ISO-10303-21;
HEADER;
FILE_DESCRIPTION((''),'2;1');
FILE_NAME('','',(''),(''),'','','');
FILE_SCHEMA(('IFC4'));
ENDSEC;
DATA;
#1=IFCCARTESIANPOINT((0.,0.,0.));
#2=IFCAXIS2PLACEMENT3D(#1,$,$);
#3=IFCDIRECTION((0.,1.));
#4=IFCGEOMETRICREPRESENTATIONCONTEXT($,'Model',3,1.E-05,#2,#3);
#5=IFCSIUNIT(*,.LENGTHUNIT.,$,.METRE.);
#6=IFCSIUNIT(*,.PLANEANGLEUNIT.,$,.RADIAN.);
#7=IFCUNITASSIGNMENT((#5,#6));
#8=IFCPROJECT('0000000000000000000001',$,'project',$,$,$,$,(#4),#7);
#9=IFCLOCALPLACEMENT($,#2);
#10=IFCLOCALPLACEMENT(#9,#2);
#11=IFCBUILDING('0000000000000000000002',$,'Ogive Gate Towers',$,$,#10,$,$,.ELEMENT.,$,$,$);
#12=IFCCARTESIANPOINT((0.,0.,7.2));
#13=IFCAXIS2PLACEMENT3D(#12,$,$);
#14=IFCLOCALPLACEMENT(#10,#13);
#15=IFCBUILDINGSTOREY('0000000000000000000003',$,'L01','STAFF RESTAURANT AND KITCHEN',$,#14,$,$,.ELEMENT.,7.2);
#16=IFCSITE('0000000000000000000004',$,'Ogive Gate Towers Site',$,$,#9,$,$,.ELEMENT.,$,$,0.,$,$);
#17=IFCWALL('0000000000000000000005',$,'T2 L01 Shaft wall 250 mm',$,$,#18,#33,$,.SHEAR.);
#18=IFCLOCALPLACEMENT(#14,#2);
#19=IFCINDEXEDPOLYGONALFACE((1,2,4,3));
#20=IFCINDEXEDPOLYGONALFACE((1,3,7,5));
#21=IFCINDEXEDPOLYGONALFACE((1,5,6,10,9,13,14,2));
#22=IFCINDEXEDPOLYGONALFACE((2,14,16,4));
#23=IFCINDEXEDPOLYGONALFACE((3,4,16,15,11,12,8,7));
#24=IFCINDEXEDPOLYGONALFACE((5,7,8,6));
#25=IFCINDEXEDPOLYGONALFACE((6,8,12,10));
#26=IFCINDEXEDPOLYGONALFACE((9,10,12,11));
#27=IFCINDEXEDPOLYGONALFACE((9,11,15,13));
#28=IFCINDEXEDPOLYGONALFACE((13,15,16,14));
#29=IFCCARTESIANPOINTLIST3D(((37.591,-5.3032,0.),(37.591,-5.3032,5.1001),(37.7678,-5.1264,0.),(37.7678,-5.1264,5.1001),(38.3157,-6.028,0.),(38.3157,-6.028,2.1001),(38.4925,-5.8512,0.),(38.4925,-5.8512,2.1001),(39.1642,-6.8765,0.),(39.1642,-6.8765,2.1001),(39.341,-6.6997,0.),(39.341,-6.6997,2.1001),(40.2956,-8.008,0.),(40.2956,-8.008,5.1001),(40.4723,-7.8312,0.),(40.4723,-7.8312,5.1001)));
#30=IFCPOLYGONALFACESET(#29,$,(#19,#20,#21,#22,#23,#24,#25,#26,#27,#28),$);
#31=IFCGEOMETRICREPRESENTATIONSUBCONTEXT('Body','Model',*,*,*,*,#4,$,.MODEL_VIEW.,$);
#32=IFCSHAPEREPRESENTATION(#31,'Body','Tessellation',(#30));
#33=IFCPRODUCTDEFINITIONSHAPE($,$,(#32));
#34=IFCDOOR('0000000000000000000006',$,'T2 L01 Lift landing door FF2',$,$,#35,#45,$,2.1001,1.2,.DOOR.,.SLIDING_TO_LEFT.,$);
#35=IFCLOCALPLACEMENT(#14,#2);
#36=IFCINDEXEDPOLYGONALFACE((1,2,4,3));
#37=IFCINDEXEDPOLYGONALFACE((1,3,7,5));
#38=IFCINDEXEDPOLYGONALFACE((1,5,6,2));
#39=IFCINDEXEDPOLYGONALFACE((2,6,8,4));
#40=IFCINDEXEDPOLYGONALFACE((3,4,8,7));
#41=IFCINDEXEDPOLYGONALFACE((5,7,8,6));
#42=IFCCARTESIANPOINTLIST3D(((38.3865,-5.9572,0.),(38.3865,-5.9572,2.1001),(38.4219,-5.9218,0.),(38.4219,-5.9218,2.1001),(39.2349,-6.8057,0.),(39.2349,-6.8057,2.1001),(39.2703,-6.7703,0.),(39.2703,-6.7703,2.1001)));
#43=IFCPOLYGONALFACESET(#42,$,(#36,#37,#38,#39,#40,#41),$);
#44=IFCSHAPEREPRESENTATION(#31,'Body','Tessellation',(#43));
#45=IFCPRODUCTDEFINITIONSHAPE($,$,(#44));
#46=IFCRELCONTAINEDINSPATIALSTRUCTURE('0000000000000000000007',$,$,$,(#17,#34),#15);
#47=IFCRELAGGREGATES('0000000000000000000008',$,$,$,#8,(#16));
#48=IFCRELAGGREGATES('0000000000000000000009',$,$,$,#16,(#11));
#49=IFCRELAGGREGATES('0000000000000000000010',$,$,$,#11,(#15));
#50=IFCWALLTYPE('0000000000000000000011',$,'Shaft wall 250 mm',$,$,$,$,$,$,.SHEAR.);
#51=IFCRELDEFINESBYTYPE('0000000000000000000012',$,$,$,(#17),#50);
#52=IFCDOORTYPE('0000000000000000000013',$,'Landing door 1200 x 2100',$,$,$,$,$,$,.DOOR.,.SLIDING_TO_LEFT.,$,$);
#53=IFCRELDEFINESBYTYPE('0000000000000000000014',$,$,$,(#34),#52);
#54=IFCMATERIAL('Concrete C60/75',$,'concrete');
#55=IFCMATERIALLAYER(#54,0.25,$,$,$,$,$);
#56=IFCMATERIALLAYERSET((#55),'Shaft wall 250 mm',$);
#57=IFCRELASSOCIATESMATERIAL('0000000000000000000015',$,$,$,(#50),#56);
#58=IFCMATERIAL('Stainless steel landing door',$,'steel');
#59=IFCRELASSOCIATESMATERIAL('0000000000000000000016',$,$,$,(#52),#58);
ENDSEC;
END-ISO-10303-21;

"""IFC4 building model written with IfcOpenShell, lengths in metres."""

from ifc_helpers import new_model, si_unit, direction, frame, frame_2d, origin, place, context, subcontext, project, spatial, rectangle, extrude, material, layer, layer_set, type_object, element, fill, save


model = new_model("IFC4")

# Units and contexts
model_context = context("Model", 3, precision=1e-05, world=origin(), true_north=direction((0.0, 1.0)))
body_context = subcontext(model_context, "Body", "Model", "MODEL_VIEW")
ifc_project = project(units=[si_unit("LENGTHUNIT", "METRE"), si_unit("PLANEANGLEUNIT", "RADIAN")], contexts=[model_context])

# Site, building, storey
site_placement = place(None, origin())
site = spatial("IfcSite", under=ifc_project, at=site_placement, Name="Ogive Gate Towers Site", CompositionType="ELEMENT", RefElevation=0.0)
building_placement = place(site_placement, origin())
building = spatial("IfcBuilding", under=site, at=building_placement, Name="Ogive Gate Towers", CompositionType="ELEMENT")
storey_placement = place(building_placement, frame((0.0, 0.0, 7.2)))
storey = spatial("IfcBuildingStorey", under=building, at=storey_placement, Name="L01", Description="STAFF RESTAURANT AND KITCHEN", CompositionType="ELEMENT", Elevation=7.2)

# Shared definitions
ifc_material_1 = material(Name="Concrete C60/75", Category="concrete")

# Shared definitions
ifc_layer_1 = layer(ifc_material_1, 0.25)
ifc_layer_set_1 = layer_set([ifc_layer_1], Name="Shaft wall 250 mm")
wall_type_1 = type_object("IfcWallType", Name="Shaft wall 250 mm", PredefinedType="SHEAR", material=ifc_layer_set_1)

# Wall, opening, door
wall_1_placement = place(storey_placement, frame((40.384, -7.9197, 0.0), z_axis=(0.0, 0.0, 1.0), x_axis=(-0.707075, 0.707139, 0.0)))
wall_1 = element("IfcWall", 1, at=wall_1_placement, inside=storey, type_object=wall_type_1, Name="T2 L01 Shaft wall 250 mm", PredefinedType="SHEAR", context=body_context, shape_type="SweptSolid", body=[
    extrude(rectangle(XDim=3.825, YDim=0.25, at=frame_2d((1.9126, 0.0))), origin(), (0.0, 0.0, 1.0), 5.1001),
])
opening_1_placement = place(wall_1_placement, frame((1.6001, 0.0, 0.0)))
opening_1 = element("IfcOpeningElement", 2, at=opening_1_placement, cuts=wall_1, PredefinedType="OPENING", context=body_context, shape_type="SweptSolid", body=[
    extrude(rectangle(XDim=1.2, YDim=2.1001, at=frame_2d((0.6001, 1.05))), frame((0.0, 0.135, 0.0), z_axis=(0.0, -1.0, 0.0), x_axis=(1.0, 0.0, 0.0)), (0.0, 0.0, 1.0), 0.27),
])
ifc_material_2 = material(Name="Stainless steel landing door", Category="steel")
door_type_1 = type_object("IfcDoorType", Name="Landing door 1200 x 2100", OperationType="SLIDING_TO_LEFT", PredefinedType="DOOR", material=ifc_material_2)
door_1_placement = place(opening_1_placement, origin())
door_1 = element("IfcDoor", 3, at=door_1_placement, inside=storey, type_object=door_type_1, Name="T2 L01 Lift landing door FF2", OperationType="SLIDING_TO_LEFT", OverallHeight=2.1001, OverallWidth=1.2, PredefinedType="DOOR", context=body_context, shape_type="SweptSolid", body=[
    extrude(rectangle(XDim=1.2, YDim=2.1001, at=frame_2d((0.6001, 1.05))), frame((0.0, 0.0249, 0.0), z_axis=(0.0, -1.0, 0.0), x_axis=(1.0, 0.0, 0.0)), (0.0, 0.0, 1.0), 0.05),
])
fill(opening_1, door_1)

save(model, "model.ifc")
